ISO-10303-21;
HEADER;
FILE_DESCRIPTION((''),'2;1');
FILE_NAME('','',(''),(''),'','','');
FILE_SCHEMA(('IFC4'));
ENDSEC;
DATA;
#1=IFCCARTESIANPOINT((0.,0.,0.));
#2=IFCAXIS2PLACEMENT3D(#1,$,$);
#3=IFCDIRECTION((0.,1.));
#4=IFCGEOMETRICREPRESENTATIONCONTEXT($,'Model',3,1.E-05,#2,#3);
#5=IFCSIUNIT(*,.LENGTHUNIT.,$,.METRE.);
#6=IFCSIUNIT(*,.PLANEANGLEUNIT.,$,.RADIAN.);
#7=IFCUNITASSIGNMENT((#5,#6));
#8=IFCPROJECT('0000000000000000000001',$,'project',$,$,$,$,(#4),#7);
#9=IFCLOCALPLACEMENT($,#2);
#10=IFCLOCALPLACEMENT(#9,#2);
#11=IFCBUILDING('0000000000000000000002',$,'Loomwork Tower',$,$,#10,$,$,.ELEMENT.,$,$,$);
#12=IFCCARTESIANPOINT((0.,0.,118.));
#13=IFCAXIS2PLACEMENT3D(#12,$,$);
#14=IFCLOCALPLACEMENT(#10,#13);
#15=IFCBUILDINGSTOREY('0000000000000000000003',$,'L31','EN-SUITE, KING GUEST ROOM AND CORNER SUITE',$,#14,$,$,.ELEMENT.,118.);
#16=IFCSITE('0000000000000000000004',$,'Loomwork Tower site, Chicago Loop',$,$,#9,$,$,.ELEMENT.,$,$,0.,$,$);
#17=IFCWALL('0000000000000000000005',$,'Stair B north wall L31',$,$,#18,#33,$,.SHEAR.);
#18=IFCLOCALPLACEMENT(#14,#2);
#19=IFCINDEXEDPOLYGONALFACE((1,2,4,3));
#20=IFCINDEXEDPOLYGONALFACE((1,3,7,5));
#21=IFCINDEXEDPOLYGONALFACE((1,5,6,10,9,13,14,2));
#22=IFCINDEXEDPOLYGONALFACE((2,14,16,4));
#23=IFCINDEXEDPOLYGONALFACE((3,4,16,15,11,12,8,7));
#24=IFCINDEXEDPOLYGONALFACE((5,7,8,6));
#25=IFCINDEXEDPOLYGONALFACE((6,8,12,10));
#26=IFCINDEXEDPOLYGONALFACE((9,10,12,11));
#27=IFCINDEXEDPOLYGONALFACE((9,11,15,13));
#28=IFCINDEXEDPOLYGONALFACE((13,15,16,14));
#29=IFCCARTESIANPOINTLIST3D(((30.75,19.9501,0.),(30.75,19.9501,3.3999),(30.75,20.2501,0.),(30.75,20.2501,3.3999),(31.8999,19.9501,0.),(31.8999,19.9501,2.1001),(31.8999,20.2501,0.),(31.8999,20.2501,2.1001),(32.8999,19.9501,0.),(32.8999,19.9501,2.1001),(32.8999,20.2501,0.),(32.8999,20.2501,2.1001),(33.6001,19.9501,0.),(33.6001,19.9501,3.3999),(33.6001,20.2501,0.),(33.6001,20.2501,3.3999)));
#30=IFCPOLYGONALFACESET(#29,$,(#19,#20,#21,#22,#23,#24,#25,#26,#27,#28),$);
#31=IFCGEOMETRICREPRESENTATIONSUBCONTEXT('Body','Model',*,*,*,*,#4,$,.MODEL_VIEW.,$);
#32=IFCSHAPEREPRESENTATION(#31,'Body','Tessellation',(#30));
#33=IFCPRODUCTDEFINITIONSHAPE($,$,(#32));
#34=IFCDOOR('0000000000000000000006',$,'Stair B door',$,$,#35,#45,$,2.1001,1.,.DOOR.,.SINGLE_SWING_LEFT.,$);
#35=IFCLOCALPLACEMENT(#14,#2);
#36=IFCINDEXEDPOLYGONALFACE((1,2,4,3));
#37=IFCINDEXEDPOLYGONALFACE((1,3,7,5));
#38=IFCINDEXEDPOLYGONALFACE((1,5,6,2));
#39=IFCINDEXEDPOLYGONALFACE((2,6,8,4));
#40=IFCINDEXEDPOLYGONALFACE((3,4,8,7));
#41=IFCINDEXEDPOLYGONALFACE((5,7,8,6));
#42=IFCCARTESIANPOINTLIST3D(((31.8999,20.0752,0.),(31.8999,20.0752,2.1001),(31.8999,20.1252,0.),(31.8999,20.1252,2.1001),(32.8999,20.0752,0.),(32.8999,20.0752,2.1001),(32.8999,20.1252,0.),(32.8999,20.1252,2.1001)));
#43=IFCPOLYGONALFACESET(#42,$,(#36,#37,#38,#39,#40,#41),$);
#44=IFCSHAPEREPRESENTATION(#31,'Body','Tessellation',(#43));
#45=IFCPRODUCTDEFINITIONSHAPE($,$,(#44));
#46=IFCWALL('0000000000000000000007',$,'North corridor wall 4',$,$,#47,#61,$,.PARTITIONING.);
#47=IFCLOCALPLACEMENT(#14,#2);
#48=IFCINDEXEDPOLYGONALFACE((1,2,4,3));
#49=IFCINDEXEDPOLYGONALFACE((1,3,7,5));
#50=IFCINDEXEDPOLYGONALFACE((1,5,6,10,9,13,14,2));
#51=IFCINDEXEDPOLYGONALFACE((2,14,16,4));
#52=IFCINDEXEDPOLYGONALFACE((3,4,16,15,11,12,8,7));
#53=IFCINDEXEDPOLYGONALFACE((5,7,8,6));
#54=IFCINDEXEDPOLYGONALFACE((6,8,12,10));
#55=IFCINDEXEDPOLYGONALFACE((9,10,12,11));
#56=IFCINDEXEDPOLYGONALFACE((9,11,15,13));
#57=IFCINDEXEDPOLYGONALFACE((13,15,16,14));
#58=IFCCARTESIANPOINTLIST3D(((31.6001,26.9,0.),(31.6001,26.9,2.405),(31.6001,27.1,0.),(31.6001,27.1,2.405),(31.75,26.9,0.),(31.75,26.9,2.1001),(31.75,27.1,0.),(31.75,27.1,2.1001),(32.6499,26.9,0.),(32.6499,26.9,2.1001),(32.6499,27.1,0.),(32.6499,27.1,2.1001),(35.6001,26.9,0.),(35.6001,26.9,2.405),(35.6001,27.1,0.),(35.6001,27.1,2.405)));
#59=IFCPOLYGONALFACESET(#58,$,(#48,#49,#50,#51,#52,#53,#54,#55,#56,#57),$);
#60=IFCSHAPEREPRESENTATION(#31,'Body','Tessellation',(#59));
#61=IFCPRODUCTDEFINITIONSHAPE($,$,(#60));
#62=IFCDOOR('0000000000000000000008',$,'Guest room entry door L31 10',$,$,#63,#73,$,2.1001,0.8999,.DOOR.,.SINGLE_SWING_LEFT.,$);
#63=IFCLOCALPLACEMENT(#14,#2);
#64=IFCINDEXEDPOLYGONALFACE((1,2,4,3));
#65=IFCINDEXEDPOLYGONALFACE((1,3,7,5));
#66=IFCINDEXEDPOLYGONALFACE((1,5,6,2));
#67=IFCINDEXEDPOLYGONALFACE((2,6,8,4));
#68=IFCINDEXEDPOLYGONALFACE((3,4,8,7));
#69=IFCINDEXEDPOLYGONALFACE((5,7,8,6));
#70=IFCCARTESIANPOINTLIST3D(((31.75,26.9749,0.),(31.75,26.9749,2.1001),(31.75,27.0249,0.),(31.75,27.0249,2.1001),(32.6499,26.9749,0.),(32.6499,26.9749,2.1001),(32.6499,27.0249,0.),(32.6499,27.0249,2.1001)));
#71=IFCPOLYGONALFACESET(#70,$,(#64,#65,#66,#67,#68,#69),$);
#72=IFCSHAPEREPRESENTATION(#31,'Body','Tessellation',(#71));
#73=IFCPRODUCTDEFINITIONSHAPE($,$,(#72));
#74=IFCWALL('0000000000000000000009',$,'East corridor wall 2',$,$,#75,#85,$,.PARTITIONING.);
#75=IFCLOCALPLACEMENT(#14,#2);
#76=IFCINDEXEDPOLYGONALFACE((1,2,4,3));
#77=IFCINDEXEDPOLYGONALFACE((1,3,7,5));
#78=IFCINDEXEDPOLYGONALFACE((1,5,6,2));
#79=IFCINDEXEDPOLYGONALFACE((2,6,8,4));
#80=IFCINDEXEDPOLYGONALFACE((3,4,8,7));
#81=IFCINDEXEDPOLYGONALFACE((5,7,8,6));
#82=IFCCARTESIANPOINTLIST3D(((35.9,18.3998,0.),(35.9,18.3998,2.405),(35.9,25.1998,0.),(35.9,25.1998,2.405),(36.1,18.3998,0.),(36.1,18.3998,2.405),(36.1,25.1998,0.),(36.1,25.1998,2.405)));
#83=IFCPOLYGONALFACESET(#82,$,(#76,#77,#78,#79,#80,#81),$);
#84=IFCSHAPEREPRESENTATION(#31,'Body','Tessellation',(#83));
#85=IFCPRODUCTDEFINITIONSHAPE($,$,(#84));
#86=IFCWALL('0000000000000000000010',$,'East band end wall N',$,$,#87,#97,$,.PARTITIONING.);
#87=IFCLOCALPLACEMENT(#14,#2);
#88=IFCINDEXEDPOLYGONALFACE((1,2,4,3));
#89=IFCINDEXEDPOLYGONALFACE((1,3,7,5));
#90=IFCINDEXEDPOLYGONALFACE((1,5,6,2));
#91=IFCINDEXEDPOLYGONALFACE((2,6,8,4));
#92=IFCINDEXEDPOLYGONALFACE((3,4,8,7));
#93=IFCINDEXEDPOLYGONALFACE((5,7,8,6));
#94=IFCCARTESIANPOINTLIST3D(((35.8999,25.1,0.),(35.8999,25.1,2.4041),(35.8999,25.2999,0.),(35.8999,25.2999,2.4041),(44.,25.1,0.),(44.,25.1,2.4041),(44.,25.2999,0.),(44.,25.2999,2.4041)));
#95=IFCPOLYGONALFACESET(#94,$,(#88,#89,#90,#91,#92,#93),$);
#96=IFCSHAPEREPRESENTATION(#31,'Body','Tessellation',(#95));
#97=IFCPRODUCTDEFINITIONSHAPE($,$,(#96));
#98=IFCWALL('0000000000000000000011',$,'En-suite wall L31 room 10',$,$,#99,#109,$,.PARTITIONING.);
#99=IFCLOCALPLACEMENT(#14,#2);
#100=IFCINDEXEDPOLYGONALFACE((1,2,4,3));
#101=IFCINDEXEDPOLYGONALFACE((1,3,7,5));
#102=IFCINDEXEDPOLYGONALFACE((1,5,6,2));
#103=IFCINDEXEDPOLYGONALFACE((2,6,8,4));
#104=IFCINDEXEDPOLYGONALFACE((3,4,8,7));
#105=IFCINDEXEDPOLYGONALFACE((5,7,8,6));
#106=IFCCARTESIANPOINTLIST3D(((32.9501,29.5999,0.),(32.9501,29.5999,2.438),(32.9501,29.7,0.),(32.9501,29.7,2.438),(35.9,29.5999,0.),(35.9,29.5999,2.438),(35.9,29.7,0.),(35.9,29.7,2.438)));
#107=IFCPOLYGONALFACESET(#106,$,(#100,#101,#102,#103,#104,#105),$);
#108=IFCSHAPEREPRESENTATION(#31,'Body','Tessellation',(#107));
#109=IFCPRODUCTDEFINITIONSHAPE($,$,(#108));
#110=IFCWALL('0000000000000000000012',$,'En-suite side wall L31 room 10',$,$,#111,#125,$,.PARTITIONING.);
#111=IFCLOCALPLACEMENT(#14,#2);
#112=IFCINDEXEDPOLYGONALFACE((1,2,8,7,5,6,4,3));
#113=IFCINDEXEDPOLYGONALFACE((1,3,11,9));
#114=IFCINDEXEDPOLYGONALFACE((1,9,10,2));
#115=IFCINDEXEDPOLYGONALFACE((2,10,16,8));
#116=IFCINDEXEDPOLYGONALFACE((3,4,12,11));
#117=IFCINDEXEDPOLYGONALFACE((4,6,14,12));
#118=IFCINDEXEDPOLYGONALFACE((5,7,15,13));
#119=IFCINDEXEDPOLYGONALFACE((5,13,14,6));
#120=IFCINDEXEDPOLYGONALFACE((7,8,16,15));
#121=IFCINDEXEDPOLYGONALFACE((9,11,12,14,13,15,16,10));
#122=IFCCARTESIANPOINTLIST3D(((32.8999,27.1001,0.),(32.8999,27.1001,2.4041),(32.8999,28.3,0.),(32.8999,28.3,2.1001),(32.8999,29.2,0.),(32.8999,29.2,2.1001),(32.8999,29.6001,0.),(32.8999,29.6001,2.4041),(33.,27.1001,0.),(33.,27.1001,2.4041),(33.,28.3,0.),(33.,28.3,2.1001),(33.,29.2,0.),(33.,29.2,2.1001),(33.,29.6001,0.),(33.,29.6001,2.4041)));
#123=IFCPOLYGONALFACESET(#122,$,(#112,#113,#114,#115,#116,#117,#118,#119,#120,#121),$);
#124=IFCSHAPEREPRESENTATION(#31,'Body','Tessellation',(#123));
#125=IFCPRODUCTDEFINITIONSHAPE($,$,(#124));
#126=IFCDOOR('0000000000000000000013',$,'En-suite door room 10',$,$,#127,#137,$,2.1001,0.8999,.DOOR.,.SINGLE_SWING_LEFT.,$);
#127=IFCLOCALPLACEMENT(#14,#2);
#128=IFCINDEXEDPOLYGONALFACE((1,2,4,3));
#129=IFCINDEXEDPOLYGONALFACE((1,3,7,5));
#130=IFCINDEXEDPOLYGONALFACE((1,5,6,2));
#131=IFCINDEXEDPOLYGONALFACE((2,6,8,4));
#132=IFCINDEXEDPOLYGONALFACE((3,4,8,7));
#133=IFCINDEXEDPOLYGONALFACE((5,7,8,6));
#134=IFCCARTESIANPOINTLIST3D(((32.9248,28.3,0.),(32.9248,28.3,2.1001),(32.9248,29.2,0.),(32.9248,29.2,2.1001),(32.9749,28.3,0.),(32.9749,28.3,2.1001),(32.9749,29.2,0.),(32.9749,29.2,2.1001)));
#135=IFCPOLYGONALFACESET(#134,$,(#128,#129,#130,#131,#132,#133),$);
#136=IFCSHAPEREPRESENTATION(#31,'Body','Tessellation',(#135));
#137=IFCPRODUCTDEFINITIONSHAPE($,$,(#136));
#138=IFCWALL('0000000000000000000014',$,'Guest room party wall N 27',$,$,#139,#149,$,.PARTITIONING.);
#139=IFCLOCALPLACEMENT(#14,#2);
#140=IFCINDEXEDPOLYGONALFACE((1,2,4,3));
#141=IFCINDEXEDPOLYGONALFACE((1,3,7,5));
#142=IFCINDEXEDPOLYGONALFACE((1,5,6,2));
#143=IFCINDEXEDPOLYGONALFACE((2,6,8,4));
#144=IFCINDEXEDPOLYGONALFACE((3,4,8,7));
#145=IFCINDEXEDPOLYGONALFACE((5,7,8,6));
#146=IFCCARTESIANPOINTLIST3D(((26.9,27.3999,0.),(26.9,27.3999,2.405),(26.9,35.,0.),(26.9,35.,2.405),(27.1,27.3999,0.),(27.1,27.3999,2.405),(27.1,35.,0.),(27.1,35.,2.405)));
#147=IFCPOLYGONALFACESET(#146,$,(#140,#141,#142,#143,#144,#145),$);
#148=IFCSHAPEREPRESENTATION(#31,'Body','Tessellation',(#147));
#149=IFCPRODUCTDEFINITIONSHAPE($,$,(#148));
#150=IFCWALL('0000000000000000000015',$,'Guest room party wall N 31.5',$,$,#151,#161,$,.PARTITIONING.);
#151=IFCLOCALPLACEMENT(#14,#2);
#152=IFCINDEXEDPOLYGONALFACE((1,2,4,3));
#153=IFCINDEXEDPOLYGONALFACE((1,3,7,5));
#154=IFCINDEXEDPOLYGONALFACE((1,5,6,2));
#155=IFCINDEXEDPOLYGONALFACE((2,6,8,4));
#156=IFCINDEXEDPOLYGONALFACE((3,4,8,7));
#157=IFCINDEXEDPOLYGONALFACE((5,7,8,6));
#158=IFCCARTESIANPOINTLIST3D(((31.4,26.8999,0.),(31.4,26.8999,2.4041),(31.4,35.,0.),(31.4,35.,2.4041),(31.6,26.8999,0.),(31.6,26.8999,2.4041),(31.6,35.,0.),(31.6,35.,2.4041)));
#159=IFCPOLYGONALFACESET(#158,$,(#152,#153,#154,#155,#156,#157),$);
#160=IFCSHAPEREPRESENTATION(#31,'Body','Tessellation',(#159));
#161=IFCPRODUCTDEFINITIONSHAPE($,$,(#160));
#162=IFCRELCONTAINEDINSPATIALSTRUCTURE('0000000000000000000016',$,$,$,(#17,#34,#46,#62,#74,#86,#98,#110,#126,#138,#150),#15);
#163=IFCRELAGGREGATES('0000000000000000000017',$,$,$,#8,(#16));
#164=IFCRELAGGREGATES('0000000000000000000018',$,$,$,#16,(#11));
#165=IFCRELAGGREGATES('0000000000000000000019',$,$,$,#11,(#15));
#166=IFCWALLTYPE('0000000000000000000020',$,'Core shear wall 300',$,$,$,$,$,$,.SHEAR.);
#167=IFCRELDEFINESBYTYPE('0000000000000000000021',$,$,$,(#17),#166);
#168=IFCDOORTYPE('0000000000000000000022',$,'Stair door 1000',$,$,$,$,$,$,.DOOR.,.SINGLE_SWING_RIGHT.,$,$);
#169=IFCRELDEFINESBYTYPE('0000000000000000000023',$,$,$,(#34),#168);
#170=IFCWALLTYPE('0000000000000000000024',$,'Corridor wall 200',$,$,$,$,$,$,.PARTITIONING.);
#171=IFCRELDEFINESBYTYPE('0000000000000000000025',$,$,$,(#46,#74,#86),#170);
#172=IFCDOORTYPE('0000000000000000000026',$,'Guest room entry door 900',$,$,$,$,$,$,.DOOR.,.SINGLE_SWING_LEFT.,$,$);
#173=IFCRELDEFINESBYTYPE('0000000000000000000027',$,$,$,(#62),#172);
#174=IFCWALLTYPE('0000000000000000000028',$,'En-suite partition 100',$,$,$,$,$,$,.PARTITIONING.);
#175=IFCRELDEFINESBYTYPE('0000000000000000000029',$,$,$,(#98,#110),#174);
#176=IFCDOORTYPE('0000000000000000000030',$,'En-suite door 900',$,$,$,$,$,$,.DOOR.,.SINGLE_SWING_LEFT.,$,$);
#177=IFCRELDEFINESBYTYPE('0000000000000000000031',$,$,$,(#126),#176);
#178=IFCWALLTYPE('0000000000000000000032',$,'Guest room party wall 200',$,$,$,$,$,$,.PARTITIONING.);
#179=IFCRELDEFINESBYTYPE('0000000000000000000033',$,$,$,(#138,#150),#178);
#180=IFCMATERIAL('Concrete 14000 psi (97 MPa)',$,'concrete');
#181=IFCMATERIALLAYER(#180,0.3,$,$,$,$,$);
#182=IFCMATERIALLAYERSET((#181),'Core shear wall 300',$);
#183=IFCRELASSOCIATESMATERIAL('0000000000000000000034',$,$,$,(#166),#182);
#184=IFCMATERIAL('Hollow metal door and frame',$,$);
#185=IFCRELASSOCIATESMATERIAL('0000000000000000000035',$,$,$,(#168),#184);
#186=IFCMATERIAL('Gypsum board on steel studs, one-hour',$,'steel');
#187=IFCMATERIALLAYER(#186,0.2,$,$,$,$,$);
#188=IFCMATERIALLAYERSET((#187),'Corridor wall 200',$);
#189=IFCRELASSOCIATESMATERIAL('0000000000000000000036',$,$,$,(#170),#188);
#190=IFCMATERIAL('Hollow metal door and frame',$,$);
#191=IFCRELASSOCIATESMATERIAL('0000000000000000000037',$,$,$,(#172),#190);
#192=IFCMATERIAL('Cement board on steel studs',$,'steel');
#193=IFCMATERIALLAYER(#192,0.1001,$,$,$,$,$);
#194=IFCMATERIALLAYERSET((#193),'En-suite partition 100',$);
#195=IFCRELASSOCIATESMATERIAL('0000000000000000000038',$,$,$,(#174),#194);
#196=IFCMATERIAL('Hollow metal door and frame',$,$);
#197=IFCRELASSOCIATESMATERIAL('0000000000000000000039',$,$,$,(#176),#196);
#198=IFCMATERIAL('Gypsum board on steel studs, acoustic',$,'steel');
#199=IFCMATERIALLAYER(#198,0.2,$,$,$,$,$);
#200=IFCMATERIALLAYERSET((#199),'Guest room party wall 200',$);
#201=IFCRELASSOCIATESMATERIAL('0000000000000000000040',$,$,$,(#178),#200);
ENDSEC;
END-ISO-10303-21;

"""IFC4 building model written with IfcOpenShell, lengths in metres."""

from ifc_helpers import new_model, si_unit, direction, frame, frame_2d, origin, place, context, subcontext, project, spatial, rectangle, extrude, material, layer, layer_set, type_object, element, fill, save


model = new_model("IFC4")

# Units and contexts
model_context = context("Model", 3, precision=1e-05, world=origin(), true_north=direction((0.0, 1.0)))
body_context = subcontext(model_context, "Body", "Model", "MODEL_VIEW")
ifc_project = project(units=[si_unit("LENGTHUNIT", "METRE"), si_unit("PLANEANGLEUNIT", "RADIAN")], contexts=[model_context])

# Site, building, storey
site_placement = place(None, origin())
site = spatial("IfcSite", under=ifc_project, at=site_placement, Name="Loomwork Tower site, Chicago Loop", CompositionType="ELEMENT", RefElevation=0.0)
building_placement = place(site_placement, origin())
building = spatial("IfcBuilding", under=site, at=building_placement, Name="Loomwork Tower", CompositionType="ELEMENT")
storey_placement = place(building_placement, frame((0.0, 0.0, 118.0)))
storey = spatial("IfcBuildingStorey", under=building, at=storey_placement, Name="L31", Description="EN-SUITE, KING GUEST ROOM AND CORNER SUITE", CompositionType="ELEMENT", Elevation=118.0)

# Shared definitions
ifc_material_1 = material(Name="Concrete 14000 psi (97 MPa)", Category="concrete")
ifc_layer_1 = layer(ifc_material_1, 0.3)
ifc_layer_set_1 = layer_set([ifc_layer_1], Name="Core shear wall 300")
wall_type_1 = type_object("IfcWallType", Name="Core shear wall 300", PredefinedType="SHEAR", material=ifc_layer_set_1)

# Walls, openings, doors
wall_1_placement = place(storey_placement, frame((30.75, 20.1001, 0.0), z_axis=(0.0, 0.0, 1.0), x_axis=(1.0, 0.0, 0.0)))
wall_1 = element("IfcWall", 1, at=wall_1_placement, inside=storey, type_object=wall_type_1, Name="Stair B north wall L31", PredefinedType="SHEAR", context=body_context, shape_type="SweptSolid", body=[
    extrude(rectangle(XDim=2.8501, YDim=0.3, at=frame_2d((1.425, 0.0))), origin(), (0.0, 0.0, 1.0), 3.3999),
])
opening_1_placement = place(wall_1_placement, frame((1.1499, 0.0, 0.0)))
opening_1 = element("IfcOpeningElement", 2, at=opening_1_placement, cuts=wall_1, PredefinedType="OPENING", context=body_context, shape_type="SweptSolid", body=[
    extrude(rectangle(XDim=1.0, YDim=2.1001, at=frame_2d((0.5, 1.05))), frame((0.0, 0.1599, 0.0), z_axis=(0.0, -1.0, 0.0), x_axis=(1.0, 0.0, 0.0)), (0.0, 0.0, 1.0), 0.3201),
])
ifc_material_2 = material(Name="Hollow metal door and frame")
door_type_1 = type_object("IfcDoorType", Name="Stair door 1000", OperationType="SINGLE_SWING_RIGHT", PredefinedType="DOOR", material=ifc_material_2)
door_1_placement = place(opening_1_placement, frame((1.0, 0.0, 0.0), z_axis=(0.0, 0.0, 1.0), x_axis=(-1.0, 0.0, 0.0)))
door_1 = element("IfcDoor", 3, at=door_1_placement, inside=storey, type_object=door_type_1, Name="Stair B door", OperationType="SINGLE_SWING_LEFT", OverallHeight=2.1001, OverallWidth=1.0, PredefinedType="DOOR", context=body_context, shape_type="SweptSolid", body=[
    extrude(rectangle(XDim=1.0, YDim=2.1001, at=frame_2d((0.5, 1.05))), frame((0.0, 0.0249, 0.0), z_axis=(0.0, -1.0, 0.0), x_axis=(1.0, 0.0, 0.0)), (0.0, 0.0, 1.0), 0.05),
])
fill(opening_1, door_1)
ifc_material_3 = material(Name="Gypsum board on steel studs, one-hour", Category="steel")
ifc_layer_2 = layer(ifc_material_3, 0.2)
ifc_layer_set_2 = layer_set([ifc_layer_2], Name="Corridor wall 200")
wall_type_2 = type_object("IfcWallType", Name="Corridor wall 200", PredefinedType="PARTITIONING", material=ifc_layer_set_2)
wall_2_placement = place(storey_placement, frame((31.6001, 27.0, 0.0), z_axis=(0.0, 0.0, 1.0), x_axis=(1.0, 0.0, 0.0)))
wall_2 = element("IfcWall", 4, at=wall_2_placement, inside=storey, type_object=wall_type_2, Name="North corridor wall 4", PredefinedType="PARTITIONING", context=body_context, shape_type="SweptSolid", body=[
    extrude(rectangle(XDim=4.0, YDim=0.2, at=frame_2d((2.0, 0.0))), origin(), (0.0, 0.0, 1.0), 2.405),
])
opening_2_placement = place(wall_2_placement, frame((0.1499, 0.0, 0.0)))
opening_2 = element("IfcOpeningElement", 5, at=opening_2_placement, cuts=wall_2, PredefinedType="OPENING", context=body_context, shape_type="SweptSolid", body=[
    extrude(rectangle(XDim=0.8999, YDim=2.1001, at=frame_2d((0.45, 1.05))), frame((0.0, 0.1099, 0.0), z_axis=(0.0, -1.0, 0.0), x_axis=(1.0, 0.0, 0.0)), (0.0, 0.0, 1.0), 0.22),
])
ifc_material_4 = material(Name="Hollow metal door and frame")
door_type_2 = type_object("IfcDoorType", Name="Guest room entry door 900", OperationType="SINGLE_SWING_LEFT", PredefinedType="DOOR", material=ifc_material_4)
door_2_placement = place(opening_2_placement, origin())
door_2 = element("IfcDoor", 6, at=door_2_placement, inside=storey, type_object=door_type_2, Name="Guest room entry door L31 10", OperationType="SINGLE_SWING_LEFT", OverallHeight=2.1001, OverallWidth=0.8999, PredefinedType="DOOR", context=body_context, shape_type="SweptSolid", body=[
    extrude(rectangle(XDim=0.8999, YDim=2.1001, at=frame_2d((0.45, 1.05))), frame((0.0, 0.0249, 0.0), z_axis=(0.0, -1.0, 0.0), x_axis=(1.0, 0.0, 0.0)), (0.0, 0.0, 1.0), 0.05),
])
fill(opening_2, door_2)

# Walls
wall_3_placement = place(storey_placement, frame((36.0, 18.3999, 0.0), z_axis=(0.0, 0.0, 1.0), x_axis=(0.0, 1.0, 0.0)))
element("IfcWall", 7, at=wall_3_placement, inside=storey, type_object=wall_type_2, Name="East corridor wall 2", PredefinedType="PARTITIONING", context=body_context, shape_type="SweptSolid", body=[
    extrude(rectangle(XDim=6.8, YDim=0.2, at=frame_2d((3.3999, 0.0))), origin(), (0.0, 0.0, 1.0), 2.405),
])
wall_4_placement = place(storey_placement, frame((35.8999, 25.2, 0.0), z_axis=(0.0, 0.0, 1.0), x_axis=(1.0, 0.0, 0.0)))
element("IfcWall", 8, at=wall_4_placement, inside=storey, type_object=wall_type_2, Name="East band end wall N", PredefinedType="PARTITIONING", context=body_context, shape_type="SweptSolid", body=[
    extrude(rectangle(XDim=8.1001, YDim=0.2, at=frame_2d((4.05, 0.0))), origin(), (0.0, 0.0, 1.0), 2.4041),
])
ifc_material_5 = material(Name="Cement board on steel studs", Category="steel")
ifc_layer_3 = layer(ifc_material_5, 0.1001)
ifc_layer_set_3 = layer_set([ifc_layer_3], Name="En-suite partition 100")
wall_type_3 = type_object("IfcWallType", Name="En-suite partition 100", PredefinedType="PARTITIONING", material=ifc_layer_set_3)
wall_5_placement = place(storey_placement, frame((32.95, 29.6499, 0.0), z_axis=(0.0, 0.0, 1.0), x_axis=(1.0, 0.0, 0.0)))
element("IfcWall", 9, at=wall_5_placement, inside=storey, type_object=wall_type_3, Name="En-suite wall L31 room 10", PredefinedType="PARTITIONING", context=body_context, shape_type="SweptSolid", body=[
    extrude(rectangle(XDim=2.95, YDim=0.1001, at=frame_2d((1.4751, 0.0))), origin(), (0.0, 0.0, 1.0), 2.438),
])

# Wall, opening, door
wall_6_placement = place(storey_placement, frame((32.95, 27.1001, 0.0), z_axis=(0.0, 0.0, 1.0), x_axis=(0.0, 1.0, 0.0)))
wall_6 = element("IfcWall", 10, at=wall_6_placement, inside=storey, type_object=wall_type_3, Name="En-suite side wall L31 room 10", PredefinedType="PARTITIONING", context=body_context, shape_type="SweptSolid", body=[
    extrude(rectangle(XDim=2.5, YDim=0.1001, at=frame_2d((1.25, 0.0))), origin(), (0.0, 0.0, 1.0), 2.4041),
])
opening_3_placement = place(wall_6_placement, frame((1.2, 0.0, 0.0)))
opening_3 = element("IfcOpeningElement", 11, at=opening_3_placement, cuts=wall_6, PredefinedType="OPENING", context=body_context, shape_type="SweptSolid", body=[
    extrude(rectangle(XDim=0.8999, YDim=2.1001, at=frame_2d((0.45, 1.05))), frame((0.0, 0.0601, 0.0), z_axis=(0.0, -1.0, 0.0), x_axis=(1.0, 0.0, 0.0)), (0.0, 0.0, 1.0), 0.1201),
])
ifc_material_6 = material(Name="Hollow metal door and frame")
door_type_3 = type_object("IfcDoorType", Name="En-suite door 900", OperationType="SINGLE_SWING_LEFT", PredefinedType="DOOR", material=ifc_material_6)
door_3_placement = place(opening_3_placement, frame((0.8999, 0.0, 0.0), z_axis=(0.0, 0.0, 1.0), x_axis=(-1.0, 0.0, 0.0)))
door_3 = element("IfcDoor", 12, at=door_3_placement, inside=storey, type_object=door_type_3, Name="En-suite door room 10", OperationType="SINGLE_SWING_LEFT", OverallHeight=2.1001, OverallWidth=0.8999, PredefinedType="DOOR", context=body_context, shape_type="SweptSolid", body=[
    extrude(rectangle(XDim=0.8999, YDim=2.1001, at=frame_2d((0.45, 1.05))), frame((0.0, 0.0249, 0.0), z_axis=(0.0, -1.0, 0.0), x_axis=(1.0, 0.0, 0.0)), (0.0, 0.0, 1.0), 0.05),
])
fill(opening_3, door_3)

# Walls
ifc_material_7 = material(Name="Gypsum board on steel studs, acoustic", Category="steel")
ifc_layer_4 = layer(ifc_material_7, 0.2)
ifc_layer_set_4 = layer_set([ifc_layer_4], Name="Guest room party wall 200")
wall_type_4 = type_object("IfcWallType", Name="Guest room party wall 200", PredefinedType="PARTITIONING", material=ifc_layer_set_4)
wall_7_placement = place(storey_placement, frame((27.0, 27.3999, 0.0), z_axis=(0.0, 0.0, 1.0), x_axis=(0.0, 1.0, 0.0)))
element("IfcWall", 13, at=wall_7_placement, inside=storey, type_object=wall_type_4, Name="Guest room party wall N 27", PredefinedType="PARTITIONING", context=body_context, shape_type="SweptSolid", body=[
    extrude(rectangle(XDim=7.6001, YDim=0.2, at=frame_2d((3.8, 0.0))), origin(), (0.0, 0.0, 1.0), 2.405),
])
wall_8_placement = place(storey_placement, frame((31.5, 26.8999, 0.0), z_axis=(0.0, 0.0, 1.0), x_axis=(0.0, 1.0, 0.0)))
element("IfcWall", 14, at=wall_8_placement, inside=storey, type_object=wall_type_4, Name="Guest room party wall N 31.5", PredefinedType="PARTITIONING", context=body_context, shape_type="SweptSolid", body=[
    extrude(rectangle(XDim=8.1001, YDim=0.2, at=frame_2d((4.05, 0.0))), origin(), (0.0, 0.0, 1.0), 2.4041),
])

save(model, "model.ifc")
